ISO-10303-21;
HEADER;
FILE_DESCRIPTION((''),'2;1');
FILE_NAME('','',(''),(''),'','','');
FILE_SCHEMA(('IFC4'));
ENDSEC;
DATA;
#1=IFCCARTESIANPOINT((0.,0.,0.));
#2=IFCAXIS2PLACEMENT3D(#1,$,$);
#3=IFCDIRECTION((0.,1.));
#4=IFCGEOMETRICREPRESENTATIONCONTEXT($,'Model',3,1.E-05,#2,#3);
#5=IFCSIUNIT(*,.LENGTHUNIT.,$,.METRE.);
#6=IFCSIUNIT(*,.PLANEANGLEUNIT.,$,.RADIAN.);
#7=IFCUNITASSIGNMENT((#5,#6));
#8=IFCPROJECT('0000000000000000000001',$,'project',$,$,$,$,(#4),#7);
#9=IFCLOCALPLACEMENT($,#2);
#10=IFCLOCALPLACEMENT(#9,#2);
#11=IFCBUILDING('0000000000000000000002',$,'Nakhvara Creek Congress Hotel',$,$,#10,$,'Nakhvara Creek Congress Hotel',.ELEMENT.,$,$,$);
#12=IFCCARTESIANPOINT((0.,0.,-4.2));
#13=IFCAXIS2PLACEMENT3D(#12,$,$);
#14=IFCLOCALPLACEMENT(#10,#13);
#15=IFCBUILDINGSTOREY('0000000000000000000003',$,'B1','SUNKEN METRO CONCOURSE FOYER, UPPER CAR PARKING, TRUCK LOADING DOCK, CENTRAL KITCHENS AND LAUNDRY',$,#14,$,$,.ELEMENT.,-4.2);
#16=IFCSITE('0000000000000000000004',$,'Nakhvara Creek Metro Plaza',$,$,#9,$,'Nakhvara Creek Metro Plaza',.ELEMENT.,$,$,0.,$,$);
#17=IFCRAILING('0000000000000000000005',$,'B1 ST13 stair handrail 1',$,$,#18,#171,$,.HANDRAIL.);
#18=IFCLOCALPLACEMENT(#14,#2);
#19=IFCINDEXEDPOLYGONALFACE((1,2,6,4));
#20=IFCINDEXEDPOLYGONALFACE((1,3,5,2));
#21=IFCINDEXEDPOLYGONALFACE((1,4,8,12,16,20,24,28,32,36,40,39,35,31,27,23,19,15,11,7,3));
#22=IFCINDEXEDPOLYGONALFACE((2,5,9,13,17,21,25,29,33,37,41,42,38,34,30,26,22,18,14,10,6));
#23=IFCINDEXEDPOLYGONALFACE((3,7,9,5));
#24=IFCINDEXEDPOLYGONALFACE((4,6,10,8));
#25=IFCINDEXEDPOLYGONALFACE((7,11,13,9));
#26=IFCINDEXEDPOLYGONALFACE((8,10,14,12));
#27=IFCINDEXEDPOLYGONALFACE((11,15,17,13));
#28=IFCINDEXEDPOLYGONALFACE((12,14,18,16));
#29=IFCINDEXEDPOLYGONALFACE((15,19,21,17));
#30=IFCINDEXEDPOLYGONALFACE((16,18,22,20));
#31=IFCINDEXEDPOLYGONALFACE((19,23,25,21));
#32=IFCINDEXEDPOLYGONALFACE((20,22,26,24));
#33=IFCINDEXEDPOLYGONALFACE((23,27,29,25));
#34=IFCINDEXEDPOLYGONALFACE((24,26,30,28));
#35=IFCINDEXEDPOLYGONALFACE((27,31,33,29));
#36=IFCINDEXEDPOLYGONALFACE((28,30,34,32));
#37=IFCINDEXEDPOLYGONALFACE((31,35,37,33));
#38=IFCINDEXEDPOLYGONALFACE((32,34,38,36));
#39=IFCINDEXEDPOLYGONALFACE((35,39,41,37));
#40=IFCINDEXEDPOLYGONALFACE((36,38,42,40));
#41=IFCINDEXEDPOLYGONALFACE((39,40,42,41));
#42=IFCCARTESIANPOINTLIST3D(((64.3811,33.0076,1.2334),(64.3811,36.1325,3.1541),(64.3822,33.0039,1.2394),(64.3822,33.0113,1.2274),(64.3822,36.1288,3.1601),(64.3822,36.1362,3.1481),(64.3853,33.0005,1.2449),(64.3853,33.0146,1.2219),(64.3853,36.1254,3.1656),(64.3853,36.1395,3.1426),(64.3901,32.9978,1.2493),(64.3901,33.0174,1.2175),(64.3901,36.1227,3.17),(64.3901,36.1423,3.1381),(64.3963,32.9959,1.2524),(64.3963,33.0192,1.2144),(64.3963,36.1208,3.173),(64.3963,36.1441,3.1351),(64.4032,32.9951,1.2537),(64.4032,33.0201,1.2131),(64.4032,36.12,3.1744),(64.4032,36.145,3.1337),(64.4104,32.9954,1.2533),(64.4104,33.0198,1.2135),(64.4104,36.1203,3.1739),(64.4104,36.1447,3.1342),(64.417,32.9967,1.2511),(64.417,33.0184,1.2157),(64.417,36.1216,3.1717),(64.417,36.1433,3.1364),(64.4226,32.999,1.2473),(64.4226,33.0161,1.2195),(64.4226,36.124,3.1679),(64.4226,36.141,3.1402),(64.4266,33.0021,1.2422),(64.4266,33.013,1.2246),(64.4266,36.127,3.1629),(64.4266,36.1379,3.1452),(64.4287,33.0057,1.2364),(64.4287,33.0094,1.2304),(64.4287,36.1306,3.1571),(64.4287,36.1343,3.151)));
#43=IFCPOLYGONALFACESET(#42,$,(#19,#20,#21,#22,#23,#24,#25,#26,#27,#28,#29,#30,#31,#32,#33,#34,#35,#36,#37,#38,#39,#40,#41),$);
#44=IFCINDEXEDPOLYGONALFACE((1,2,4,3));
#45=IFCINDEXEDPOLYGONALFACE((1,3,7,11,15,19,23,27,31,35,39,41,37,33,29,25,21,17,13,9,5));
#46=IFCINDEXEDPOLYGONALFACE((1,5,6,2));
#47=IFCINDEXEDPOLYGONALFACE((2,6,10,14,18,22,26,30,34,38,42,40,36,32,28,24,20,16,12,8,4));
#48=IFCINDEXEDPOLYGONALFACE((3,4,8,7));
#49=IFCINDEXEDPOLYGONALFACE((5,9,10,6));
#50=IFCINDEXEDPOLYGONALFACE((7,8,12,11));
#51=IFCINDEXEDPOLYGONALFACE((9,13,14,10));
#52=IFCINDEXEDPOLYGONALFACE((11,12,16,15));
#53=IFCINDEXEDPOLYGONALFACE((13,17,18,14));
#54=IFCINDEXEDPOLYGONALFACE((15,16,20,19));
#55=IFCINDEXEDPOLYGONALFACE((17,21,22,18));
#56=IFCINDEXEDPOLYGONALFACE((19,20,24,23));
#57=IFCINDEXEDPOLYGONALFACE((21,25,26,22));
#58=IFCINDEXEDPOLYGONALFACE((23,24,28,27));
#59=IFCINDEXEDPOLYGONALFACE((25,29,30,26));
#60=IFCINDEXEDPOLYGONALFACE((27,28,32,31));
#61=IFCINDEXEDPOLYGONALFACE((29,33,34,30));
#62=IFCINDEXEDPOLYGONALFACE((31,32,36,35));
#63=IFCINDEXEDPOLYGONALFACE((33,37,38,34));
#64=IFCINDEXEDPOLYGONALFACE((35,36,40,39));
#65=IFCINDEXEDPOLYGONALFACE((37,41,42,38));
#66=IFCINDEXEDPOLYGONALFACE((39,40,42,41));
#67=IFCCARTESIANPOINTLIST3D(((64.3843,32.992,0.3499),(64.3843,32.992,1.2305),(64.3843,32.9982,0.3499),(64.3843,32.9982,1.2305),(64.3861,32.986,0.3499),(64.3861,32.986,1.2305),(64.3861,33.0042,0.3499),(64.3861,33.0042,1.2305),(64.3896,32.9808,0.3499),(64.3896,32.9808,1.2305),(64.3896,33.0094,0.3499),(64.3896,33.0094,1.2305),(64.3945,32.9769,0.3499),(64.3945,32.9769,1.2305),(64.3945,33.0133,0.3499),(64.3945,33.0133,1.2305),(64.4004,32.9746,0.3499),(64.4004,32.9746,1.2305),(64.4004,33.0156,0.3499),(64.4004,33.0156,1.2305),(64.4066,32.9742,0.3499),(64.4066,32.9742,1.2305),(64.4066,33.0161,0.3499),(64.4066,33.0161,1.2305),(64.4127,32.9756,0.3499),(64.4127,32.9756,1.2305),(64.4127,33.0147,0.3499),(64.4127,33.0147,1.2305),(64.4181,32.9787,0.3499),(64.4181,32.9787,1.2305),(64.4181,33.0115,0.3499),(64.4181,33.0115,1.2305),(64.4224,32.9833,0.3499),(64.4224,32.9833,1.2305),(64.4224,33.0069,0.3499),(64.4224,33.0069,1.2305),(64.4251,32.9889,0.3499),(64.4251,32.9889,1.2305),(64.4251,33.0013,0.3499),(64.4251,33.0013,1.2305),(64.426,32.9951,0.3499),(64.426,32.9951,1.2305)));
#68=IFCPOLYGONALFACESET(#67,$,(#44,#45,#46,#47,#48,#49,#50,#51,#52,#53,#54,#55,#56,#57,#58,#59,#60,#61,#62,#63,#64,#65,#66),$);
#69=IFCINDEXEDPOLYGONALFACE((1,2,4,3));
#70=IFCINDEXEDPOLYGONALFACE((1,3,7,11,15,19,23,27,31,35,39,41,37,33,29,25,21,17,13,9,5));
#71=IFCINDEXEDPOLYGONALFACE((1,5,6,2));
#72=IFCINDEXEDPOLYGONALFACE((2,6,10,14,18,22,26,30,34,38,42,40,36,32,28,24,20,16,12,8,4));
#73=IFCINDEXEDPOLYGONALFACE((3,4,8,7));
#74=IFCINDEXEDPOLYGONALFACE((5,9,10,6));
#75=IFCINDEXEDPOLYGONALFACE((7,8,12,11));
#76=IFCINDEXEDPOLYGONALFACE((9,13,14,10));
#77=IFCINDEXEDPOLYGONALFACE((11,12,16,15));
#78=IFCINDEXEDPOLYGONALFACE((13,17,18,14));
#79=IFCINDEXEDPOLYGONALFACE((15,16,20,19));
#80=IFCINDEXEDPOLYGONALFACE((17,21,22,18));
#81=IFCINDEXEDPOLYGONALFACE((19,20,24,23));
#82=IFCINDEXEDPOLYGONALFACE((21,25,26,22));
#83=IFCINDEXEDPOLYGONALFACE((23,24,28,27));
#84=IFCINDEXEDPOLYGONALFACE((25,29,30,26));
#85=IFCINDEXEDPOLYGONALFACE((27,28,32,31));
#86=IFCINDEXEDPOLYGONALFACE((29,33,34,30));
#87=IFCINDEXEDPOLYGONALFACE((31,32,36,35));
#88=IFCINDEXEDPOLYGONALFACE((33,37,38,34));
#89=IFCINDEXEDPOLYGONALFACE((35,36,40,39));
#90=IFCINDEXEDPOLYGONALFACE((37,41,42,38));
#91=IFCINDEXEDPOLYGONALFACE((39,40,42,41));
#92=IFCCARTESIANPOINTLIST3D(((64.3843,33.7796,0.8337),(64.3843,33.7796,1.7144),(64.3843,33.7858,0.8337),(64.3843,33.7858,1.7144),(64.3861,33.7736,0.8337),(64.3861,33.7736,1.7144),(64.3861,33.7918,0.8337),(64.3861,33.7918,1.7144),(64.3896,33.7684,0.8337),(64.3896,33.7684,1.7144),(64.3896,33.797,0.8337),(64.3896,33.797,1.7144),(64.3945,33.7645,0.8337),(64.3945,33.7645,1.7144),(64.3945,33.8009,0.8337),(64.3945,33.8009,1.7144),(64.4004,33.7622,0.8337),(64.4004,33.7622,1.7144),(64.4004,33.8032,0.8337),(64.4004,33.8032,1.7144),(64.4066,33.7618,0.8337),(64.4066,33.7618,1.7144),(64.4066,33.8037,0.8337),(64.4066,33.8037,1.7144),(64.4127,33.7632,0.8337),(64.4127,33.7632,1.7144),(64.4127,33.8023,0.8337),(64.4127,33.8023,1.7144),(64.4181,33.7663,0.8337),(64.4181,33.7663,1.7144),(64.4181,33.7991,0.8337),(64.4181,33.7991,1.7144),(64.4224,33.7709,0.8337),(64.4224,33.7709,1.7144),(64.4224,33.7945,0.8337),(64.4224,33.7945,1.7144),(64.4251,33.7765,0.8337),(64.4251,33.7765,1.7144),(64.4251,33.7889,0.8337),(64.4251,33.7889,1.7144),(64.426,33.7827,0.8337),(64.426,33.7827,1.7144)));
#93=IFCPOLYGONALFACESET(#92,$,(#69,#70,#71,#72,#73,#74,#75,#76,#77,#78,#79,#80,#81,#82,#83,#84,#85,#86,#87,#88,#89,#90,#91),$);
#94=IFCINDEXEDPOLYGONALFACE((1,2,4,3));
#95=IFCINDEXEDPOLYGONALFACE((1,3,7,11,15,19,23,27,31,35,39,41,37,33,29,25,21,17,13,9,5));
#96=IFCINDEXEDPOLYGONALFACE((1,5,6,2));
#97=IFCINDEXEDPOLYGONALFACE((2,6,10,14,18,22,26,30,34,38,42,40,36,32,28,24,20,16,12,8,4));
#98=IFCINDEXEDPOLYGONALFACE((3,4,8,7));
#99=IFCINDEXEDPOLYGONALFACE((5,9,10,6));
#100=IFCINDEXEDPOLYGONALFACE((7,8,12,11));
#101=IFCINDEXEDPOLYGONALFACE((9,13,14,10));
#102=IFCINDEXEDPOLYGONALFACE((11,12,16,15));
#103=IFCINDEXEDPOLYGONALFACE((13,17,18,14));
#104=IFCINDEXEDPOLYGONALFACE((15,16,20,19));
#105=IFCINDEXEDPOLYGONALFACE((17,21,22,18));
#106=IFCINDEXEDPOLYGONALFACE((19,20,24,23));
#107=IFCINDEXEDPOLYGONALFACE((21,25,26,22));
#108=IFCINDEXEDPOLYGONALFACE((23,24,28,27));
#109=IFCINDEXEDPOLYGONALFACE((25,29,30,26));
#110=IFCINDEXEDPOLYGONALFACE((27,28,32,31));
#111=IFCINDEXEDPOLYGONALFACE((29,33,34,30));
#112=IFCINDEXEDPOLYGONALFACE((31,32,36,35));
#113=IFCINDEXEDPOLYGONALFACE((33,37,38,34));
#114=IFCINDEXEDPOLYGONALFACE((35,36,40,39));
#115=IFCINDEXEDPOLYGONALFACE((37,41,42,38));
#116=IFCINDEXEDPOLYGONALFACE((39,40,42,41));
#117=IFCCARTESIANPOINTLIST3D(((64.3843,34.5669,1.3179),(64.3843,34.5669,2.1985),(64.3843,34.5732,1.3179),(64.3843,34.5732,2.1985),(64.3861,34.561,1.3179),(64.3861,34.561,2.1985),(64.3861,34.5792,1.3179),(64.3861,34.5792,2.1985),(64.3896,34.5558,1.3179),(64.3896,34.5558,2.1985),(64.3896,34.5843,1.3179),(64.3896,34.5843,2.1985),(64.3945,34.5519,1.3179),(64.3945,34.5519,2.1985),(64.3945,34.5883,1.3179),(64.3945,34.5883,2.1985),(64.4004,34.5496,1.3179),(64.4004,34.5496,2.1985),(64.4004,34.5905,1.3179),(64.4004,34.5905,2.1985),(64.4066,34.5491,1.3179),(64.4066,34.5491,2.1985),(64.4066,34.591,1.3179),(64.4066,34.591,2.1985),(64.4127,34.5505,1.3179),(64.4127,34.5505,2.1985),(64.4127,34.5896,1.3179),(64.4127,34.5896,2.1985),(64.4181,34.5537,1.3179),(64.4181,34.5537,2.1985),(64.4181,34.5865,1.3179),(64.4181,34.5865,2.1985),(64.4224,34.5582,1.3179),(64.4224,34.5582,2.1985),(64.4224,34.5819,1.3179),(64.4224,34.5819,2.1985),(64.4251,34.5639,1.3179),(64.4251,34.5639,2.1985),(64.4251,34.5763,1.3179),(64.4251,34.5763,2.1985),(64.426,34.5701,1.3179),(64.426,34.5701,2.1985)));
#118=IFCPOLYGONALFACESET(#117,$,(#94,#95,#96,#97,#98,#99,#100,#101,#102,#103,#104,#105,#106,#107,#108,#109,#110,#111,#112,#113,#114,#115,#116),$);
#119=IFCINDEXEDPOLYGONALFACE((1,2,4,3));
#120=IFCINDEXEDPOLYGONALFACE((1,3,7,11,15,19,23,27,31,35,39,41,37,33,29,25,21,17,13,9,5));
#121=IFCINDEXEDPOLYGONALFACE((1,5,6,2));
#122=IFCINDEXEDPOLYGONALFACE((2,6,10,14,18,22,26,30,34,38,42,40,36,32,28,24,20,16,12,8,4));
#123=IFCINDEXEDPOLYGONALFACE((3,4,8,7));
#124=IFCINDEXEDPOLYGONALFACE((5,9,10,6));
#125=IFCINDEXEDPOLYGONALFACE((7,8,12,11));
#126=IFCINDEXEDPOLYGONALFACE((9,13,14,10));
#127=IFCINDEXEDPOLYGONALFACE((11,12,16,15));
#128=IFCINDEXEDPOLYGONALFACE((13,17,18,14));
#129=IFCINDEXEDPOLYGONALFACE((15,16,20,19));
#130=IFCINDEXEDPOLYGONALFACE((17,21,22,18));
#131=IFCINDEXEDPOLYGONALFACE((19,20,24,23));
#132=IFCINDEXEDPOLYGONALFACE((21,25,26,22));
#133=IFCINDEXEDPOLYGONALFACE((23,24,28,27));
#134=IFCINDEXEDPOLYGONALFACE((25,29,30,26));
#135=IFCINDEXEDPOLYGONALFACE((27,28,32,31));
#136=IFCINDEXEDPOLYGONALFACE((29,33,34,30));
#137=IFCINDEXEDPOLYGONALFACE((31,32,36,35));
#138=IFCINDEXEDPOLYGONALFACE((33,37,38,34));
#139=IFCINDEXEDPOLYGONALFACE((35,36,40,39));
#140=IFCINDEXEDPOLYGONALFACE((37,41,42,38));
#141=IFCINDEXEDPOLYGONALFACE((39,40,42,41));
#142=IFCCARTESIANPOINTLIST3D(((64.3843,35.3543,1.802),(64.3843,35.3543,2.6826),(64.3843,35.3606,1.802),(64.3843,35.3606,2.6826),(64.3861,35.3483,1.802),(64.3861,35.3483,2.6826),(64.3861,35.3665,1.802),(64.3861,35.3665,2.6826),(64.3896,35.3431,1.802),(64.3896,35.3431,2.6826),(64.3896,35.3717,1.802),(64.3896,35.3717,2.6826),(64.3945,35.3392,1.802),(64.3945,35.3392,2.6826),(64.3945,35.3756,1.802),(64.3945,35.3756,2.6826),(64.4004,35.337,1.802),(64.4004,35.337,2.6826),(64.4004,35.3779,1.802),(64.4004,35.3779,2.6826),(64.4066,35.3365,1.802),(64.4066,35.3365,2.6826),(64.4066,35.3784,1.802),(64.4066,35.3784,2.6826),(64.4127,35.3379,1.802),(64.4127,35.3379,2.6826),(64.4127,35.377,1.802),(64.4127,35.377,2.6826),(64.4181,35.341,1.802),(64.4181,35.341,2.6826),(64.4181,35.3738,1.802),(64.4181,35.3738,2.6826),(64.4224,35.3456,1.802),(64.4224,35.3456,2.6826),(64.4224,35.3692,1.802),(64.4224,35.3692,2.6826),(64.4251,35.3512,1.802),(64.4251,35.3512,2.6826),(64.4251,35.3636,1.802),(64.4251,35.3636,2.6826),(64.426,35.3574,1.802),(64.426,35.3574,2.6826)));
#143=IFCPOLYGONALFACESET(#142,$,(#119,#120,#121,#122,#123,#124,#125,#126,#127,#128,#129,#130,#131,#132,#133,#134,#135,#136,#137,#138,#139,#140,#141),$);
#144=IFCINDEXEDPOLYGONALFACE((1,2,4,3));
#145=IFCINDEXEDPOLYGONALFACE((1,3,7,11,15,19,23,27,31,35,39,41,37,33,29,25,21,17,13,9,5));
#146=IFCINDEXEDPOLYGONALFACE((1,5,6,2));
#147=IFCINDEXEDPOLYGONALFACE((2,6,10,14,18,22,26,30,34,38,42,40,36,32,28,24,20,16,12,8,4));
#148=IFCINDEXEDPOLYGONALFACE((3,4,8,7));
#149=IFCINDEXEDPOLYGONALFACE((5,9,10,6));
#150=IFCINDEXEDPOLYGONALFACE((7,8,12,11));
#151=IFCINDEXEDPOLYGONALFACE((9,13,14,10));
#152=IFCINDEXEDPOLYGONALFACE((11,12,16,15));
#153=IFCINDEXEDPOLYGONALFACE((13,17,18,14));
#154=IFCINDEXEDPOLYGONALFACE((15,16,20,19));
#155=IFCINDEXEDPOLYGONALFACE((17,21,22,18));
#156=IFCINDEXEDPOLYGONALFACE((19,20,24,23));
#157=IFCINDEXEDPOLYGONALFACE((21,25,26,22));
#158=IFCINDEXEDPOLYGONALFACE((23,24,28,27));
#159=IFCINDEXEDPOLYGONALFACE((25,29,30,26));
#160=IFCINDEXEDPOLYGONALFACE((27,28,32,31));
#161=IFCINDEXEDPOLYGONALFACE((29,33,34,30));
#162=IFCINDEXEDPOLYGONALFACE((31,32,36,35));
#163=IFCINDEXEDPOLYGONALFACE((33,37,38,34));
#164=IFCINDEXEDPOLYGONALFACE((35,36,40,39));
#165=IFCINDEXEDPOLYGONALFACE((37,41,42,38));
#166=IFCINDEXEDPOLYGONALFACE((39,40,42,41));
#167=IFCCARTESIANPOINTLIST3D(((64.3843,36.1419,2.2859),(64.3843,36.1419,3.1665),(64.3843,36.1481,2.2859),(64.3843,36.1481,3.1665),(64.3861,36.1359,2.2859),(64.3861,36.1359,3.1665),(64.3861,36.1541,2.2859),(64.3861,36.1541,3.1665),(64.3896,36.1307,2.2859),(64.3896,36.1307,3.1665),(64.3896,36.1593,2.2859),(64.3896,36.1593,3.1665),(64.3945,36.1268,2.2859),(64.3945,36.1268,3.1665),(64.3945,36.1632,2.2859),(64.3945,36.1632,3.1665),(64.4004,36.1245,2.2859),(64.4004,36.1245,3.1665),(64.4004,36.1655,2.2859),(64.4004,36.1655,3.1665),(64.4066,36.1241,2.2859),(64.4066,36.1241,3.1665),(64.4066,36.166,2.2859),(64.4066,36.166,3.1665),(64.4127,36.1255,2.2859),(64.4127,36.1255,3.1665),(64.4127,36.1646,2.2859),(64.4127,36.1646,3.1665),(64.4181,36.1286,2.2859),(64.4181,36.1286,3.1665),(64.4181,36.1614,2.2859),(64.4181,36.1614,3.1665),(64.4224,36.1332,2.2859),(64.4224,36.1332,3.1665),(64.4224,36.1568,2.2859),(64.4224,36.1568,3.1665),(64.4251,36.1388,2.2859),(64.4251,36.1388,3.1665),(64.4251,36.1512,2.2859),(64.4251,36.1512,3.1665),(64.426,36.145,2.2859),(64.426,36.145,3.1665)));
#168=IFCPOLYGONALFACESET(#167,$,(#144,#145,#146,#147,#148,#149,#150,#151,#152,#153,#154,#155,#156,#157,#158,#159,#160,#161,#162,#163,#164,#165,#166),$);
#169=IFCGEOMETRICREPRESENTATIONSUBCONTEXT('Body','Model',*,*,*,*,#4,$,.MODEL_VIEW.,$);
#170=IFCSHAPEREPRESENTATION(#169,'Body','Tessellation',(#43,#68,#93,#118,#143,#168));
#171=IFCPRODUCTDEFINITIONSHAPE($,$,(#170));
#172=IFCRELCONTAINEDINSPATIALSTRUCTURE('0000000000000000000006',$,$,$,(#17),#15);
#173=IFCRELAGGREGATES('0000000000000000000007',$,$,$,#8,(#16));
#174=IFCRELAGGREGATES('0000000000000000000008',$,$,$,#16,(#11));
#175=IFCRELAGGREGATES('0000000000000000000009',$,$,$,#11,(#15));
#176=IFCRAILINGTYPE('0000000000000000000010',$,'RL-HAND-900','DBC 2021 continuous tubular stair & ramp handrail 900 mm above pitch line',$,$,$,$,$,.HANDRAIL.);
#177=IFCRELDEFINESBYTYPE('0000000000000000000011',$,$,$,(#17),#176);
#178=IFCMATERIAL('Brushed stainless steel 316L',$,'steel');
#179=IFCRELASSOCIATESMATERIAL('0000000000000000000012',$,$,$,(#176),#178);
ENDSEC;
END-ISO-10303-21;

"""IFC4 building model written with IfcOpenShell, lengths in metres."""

from ifc_helpers import new_model, si_unit, direction, frame, origin, origin_2d, place, context, subcontext, project, spatial, circle, extrude, material, type_object, element, save


model = new_model("IFC4")

# Units and contexts
model_context = context("Model", 3, precision=1e-05, world=origin(), true_north=direction((0.0, 1.0)))
body_context = subcontext(model_context, "Body", "Model", "MODEL_VIEW")
ifc_project = project(units=[si_unit("LENGTHUNIT", "METRE"), si_unit("PLANEANGLEUNIT", "RADIAN")], contexts=[model_context])

# Site, building, storey
site_placement = place(None, origin())
site = spatial("IfcSite", under=ifc_project, at=site_placement, Name="Nakhvara Creek Metro Plaza", LongName="Nakhvara Creek Metro Plaza", CompositionType="ELEMENT", RefElevation=0.0)
building_placement = place(site_placement, origin())
building = spatial("IfcBuilding", under=site, at=building_placement, Name="Nakhvara Creek Congress Hotel", LongName="Nakhvara Creek Congress Hotel", CompositionType="ELEMENT")
storey_placement = place(building_placement, frame((0.0, 0.0, -4.2)))
storey = spatial("IfcBuildingStorey", under=building, at=storey_placement, Name="B1", Description="SUNKEN METRO CONCOURSE FOYER, UPPER CAR PARKING, TRUCK LOADING DOCK, CENTRAL KITCHENS AND LAUNDRY", CompositionType="ELEMENT", Elevation=-4.2)

# Railing
ifc_material_1 = material(Name="Brushed stainless steel 316L", Category="steel")
railing_type_1 = type_object("IfcRailingType", Name="RL-HAND-900", Description="DBC 2021 continuous tubular stair & ramp handrail 900 mm above pitch line", PredefinedType="HANDRAIL", material=ifc_material_1)
railing_1_placement = place(storey_placement, frame((64.405, 32.9951, 0.3499)))
element("IfcRailing", 1, at=railing_1_placement, inside=storey, type_object=railing_type_1, Name="B1 ST13 stair handrail 1", PredefinedType="HANDRAIL", context=body_context, shape_type="SweptSolid", body=[
    extrude(circle(Radius=0.0239, at=origin_2d()), frame((0.0, 0.0125, 0.8835), z_axis=(0.0, 0.851944, 0.523633), x_axis=(-1.0, 0.0, 0.0)), (0.0, 0.0, 1.0), 3.668),
    extrude(circle(Radius=0.021, at=origin_2d()), origin(), (0.0, 0.0, 1.0), 0.8806),
    extrude(circle(Radius=0.021, at=origin_2d()), frame((0.0, 0.7876, 0.4839)), (0.0, 0.0, 1.0), 0.8806),
    extrude(circle(Radius=0.021, at=origin_2d()), frame((0.0, 1.575, 0.968)), (0.0, 0.0, 1.0), 0.8806),
    extrude(circle(Radius=0.021, at=origin_2d()), frame((0.0, 2.3623, 1.4521)), (0.0, 0.0, 1.0), 0.8806),
    extrude(circle(Radius=0.021, at=origin_2d()), frame((0.0, 3.1499, 1.936)), (0.0, 0.0, 1.0), 0.8806),
])

save(model, "model.ifc")
